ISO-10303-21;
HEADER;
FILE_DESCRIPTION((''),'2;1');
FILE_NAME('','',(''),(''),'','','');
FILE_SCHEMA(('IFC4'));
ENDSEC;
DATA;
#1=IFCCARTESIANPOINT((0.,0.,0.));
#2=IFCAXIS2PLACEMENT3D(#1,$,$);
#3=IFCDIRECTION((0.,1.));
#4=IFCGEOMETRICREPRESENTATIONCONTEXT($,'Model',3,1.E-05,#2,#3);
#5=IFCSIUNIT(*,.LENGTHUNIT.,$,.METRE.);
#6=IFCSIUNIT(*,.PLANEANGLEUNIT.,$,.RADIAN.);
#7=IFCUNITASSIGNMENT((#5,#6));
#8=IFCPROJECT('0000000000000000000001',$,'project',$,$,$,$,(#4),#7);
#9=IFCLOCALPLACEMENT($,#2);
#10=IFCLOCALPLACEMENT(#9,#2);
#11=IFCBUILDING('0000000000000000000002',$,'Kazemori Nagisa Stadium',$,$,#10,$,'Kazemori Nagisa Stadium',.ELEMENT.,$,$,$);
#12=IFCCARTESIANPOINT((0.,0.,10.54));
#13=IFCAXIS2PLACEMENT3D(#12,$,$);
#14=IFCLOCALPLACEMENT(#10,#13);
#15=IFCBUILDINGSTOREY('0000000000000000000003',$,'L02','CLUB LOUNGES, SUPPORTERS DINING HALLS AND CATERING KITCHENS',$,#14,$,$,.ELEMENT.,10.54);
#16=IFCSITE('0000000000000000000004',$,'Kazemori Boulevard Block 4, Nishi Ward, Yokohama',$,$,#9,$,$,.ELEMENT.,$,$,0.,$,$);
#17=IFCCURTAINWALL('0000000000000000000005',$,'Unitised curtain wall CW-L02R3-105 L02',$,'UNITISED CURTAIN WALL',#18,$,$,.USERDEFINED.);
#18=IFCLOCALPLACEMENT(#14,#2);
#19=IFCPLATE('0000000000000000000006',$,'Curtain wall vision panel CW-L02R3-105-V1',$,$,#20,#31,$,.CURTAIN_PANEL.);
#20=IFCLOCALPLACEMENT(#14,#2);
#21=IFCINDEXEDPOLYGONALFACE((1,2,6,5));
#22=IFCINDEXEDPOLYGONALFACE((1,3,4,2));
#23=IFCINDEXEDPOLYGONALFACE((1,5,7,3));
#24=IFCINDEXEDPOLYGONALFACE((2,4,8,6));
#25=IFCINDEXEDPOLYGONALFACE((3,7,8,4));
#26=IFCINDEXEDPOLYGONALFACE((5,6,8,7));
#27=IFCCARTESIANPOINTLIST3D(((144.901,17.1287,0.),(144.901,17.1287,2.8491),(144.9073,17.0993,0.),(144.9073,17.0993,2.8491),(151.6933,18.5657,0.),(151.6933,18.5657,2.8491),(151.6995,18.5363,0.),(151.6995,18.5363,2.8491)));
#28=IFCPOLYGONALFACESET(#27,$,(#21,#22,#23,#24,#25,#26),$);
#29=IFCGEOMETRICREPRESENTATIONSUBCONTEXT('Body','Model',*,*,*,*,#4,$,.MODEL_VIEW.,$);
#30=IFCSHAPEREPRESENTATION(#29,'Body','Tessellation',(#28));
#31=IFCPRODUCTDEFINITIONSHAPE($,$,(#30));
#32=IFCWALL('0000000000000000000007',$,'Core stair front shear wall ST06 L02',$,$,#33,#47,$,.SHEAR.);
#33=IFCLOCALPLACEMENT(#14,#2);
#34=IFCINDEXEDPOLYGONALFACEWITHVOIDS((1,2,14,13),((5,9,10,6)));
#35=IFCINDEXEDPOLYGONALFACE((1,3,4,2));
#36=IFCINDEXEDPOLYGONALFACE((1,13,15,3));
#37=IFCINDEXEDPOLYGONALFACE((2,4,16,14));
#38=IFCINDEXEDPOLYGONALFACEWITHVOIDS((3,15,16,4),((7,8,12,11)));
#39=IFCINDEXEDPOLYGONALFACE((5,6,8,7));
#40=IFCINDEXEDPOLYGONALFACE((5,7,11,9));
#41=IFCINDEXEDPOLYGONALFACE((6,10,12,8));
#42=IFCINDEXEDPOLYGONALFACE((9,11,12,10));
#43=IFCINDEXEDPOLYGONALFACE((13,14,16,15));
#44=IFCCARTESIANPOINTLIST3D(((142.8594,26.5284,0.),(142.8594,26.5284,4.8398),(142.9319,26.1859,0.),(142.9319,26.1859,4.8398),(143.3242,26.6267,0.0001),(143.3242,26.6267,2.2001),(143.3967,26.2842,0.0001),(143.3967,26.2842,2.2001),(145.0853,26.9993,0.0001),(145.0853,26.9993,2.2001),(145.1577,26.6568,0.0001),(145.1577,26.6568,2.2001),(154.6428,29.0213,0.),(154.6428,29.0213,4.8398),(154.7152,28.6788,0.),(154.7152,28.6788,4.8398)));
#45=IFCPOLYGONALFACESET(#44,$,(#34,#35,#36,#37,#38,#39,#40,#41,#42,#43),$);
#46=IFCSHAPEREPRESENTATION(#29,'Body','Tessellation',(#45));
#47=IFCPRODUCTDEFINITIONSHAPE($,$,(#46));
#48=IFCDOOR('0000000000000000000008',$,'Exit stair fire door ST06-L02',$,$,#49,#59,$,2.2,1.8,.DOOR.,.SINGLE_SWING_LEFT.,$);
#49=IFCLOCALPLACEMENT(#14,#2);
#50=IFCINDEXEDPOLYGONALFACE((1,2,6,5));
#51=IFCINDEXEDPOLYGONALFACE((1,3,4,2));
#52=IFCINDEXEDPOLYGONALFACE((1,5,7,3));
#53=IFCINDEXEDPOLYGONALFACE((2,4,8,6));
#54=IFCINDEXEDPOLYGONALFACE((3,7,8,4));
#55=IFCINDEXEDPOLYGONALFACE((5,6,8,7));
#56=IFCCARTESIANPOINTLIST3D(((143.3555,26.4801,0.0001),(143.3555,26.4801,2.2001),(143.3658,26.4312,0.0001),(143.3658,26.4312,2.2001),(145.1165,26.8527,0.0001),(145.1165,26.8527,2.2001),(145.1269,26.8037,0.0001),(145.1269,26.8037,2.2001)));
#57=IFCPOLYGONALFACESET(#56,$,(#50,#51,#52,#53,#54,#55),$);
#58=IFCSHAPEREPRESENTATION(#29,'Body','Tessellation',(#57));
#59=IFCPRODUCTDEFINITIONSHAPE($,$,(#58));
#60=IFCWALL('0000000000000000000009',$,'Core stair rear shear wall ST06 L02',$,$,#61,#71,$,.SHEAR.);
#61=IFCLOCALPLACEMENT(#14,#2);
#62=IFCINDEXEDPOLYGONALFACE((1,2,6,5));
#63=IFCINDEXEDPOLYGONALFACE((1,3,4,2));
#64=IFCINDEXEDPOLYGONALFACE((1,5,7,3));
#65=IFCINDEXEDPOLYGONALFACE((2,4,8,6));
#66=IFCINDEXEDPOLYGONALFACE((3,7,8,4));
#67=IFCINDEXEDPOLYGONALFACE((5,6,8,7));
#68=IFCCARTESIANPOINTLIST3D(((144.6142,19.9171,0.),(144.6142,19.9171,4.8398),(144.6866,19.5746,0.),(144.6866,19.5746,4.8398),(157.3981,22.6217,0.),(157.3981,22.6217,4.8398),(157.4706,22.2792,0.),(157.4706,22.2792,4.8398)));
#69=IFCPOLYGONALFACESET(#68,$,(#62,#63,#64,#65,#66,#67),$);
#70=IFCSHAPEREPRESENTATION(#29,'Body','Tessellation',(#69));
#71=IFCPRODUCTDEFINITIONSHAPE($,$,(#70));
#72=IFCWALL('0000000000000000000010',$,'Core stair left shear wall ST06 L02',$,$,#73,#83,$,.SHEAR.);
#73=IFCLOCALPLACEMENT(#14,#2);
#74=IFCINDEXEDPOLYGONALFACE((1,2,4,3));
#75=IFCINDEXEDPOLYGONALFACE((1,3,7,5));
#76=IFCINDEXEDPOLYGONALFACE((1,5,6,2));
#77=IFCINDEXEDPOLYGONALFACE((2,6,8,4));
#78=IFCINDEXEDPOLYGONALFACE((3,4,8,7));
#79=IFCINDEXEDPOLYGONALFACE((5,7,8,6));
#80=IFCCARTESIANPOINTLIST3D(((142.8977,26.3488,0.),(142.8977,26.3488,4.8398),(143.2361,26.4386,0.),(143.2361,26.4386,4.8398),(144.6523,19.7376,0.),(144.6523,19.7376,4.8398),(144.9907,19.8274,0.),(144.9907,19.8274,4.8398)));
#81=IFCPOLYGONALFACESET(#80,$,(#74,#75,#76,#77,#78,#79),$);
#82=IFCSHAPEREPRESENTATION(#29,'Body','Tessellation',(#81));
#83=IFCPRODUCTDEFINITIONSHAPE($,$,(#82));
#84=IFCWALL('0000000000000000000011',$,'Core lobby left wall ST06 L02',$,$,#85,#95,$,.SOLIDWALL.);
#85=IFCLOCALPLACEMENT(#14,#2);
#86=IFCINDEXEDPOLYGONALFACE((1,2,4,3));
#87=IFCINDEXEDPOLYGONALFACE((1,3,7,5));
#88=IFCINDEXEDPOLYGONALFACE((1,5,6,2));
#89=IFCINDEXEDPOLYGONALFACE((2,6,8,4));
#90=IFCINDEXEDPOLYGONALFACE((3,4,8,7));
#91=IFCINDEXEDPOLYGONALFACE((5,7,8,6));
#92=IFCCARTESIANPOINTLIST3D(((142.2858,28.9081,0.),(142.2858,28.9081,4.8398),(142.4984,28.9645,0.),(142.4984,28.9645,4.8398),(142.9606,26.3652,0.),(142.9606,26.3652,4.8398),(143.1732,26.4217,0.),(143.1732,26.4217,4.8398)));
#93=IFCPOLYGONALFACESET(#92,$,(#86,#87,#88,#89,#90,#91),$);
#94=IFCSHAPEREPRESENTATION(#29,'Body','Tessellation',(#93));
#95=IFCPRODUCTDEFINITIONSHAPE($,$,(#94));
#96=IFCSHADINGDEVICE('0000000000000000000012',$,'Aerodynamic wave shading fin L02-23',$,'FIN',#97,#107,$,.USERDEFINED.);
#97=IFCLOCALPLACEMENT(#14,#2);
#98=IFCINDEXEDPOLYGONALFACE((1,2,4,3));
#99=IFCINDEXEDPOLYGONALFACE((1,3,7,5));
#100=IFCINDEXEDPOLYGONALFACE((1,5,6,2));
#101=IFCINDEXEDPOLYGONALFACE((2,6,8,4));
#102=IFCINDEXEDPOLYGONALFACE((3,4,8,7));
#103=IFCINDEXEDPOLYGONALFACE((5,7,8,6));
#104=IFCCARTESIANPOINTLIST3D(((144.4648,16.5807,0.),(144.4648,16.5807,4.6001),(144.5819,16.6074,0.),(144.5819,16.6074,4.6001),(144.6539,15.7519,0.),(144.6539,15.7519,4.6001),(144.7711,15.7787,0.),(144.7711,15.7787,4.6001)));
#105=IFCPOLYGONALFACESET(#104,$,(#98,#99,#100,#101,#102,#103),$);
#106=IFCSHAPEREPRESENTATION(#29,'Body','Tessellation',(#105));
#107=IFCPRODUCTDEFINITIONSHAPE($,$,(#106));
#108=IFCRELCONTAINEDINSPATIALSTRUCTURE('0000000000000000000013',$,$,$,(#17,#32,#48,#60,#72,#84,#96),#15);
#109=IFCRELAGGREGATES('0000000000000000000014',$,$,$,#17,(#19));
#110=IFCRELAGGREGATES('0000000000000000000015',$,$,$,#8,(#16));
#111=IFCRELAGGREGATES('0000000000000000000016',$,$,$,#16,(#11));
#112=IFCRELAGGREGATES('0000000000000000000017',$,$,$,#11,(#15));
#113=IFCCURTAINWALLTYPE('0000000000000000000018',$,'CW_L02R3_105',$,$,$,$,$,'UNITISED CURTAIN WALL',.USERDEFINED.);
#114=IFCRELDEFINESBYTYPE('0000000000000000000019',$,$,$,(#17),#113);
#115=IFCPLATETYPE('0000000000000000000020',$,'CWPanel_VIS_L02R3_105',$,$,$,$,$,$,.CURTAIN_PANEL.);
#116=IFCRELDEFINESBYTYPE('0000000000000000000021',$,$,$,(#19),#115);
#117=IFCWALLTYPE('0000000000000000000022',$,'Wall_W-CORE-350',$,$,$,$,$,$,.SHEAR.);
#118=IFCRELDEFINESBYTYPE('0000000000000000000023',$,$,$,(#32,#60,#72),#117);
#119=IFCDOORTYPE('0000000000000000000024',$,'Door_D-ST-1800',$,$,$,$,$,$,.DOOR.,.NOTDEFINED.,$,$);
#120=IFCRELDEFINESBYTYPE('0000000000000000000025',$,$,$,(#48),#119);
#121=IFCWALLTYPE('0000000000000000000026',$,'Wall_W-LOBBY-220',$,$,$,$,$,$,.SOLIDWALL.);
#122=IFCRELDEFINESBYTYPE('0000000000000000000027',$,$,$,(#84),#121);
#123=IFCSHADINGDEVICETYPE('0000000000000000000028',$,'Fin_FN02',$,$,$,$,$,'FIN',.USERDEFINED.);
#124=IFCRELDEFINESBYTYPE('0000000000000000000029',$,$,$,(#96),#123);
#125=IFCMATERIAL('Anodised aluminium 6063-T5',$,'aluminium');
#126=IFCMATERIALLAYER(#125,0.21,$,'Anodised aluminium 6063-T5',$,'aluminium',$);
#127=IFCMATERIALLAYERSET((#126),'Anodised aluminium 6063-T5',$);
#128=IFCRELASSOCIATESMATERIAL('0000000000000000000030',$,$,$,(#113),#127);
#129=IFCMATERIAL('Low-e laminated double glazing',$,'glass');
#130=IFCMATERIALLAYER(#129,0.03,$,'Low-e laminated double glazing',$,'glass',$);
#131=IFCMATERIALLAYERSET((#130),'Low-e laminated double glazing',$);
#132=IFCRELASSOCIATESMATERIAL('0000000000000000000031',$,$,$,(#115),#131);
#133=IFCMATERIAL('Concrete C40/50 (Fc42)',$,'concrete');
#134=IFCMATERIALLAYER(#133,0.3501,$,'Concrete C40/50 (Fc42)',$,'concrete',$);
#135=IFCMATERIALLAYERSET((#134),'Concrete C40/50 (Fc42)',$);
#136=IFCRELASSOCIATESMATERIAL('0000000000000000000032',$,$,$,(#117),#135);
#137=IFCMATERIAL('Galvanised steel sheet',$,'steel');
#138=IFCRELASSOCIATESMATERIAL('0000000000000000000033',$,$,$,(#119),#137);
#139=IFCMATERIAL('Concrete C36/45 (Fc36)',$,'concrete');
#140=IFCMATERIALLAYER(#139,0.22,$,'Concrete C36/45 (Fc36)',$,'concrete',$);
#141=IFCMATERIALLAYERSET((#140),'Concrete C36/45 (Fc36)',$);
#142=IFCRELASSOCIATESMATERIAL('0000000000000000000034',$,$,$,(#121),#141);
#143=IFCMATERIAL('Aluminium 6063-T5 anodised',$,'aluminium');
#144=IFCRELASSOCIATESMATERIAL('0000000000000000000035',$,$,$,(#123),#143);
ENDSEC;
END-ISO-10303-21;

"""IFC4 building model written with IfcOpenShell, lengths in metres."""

from ifc_helpers import new_model, si_unit, direction, frame, frame_2d, origin, origin_2d, place, context, subcontext, project, spatial, rectangle, extrude, material, layer, layer_set, type_object, element, fill, aggregate, save


model = new_model("IFC4")

# Units and contexts
model_context = context("Model", 3, precision=1e-05, world=origin(), true_north=direction((0.0, 1.0)))
body_context = subcontext(model_context, "Body", "Model", "MODEL_VIEW")
ifc_project = project(units=[si_unit("LENGTHUNIT", "METRE"), si_unit("PLANEANGLEUNIT", "RADIAN")], contexts=[model_context])

# Site, building, storey
site_placement = place(None, origin())
site = spatial("IfcSite", under=ifc_project, at=site_placement, Name="Kazemori Boulevard Block 4, Nishi Ward, Yokohama", CompositionType="ELEMENT", RefElevation=0.0)
building_placement = place(site_placement, origin())
building = spatial("IfcBuilding", under=site, at=building_placement, Name="Kazemori Nagisa Stadium", LongName="Kazemori Nagisa Stadium", CompositionType="ELEMENT")
storey_placement = place(building_placement, frame((0.0, 0.0, 10.54)))
storey = spatial("IfcBuildingStorey", under=building, at=storey_placement, Name="L02", Description="CLUB LOUNGES, SUPPORTERS DINING HALLS AND CATERING KITCHENS", CompositionType="ELEMENT", Elevation=10.54)

# Shared definitions
ifc_material_1 = material(Name="Concrete C40/50 (Fc42)", Category="concrete")

# Shared definitions
ifc_material_2 = material(Name="Anodised aluminium 6063-T5", Category="aluminium")
ifc_material_3 = material(Name="Aluminium 6063-T5 anodised", Category="aluminium")

# Curtain wall, plate
ifc_layer_1 = layer(ifc_material_2, 0.21, Name="Anodised aluminium 6063-T5", Category="aluminium")
ifc_layer_set_1 = layer_set([ifc_layer_1], Name="Anodised aluminium 6063-T5")
curtain_wall_type_1 = type_object("IfcCurtainWallType", Name="CW_L02R3_105", ElementType="UNITISED CURTAIN WALL", PredefinedType="USERDEFINED", material=ifc_layer_set_1)
curtain_wall_1_placement = place(storey_placement, origin())
curtain_wall_1 = element("IfcCurtainWall", 1, at=curtain_wall_1_placement, inside=storey, type_object=curtain_wall_type_1, Name="Unitised curtain wall CW-L02R3-105 L02", ObjectType="UNITISED CURTAIN WALL", PredefinedType="USERDEFINED")
ifc_material_4 = material(Name="Low-e laminated double glazing", Category="glass")
ifc_layer_2 = layer(ifc_material_4, 0.03, Name="Low-e laminated double glazing", Category="glass")
ifc_layer_set_2 = layer_set([ifc_layer_2], Name="Low-e laminated double glazing")
plate_type_1 = type_object("IfcPlateType", Name="CWPanel_VIS_L02R3_105", PredefinedType="CURTAIN_PANEL", material=ifc_layer_set_2)
plate_1_placement = place(storey_placement, frame((148.3003, 17.8325, 0.0), z_axis=(0.0, 0.0, 1.0), x_axis=(0.978345, 0.206981, 0.0)))
plate_1 = element("IfcPlate", 2, at=plate_1_placement, type_object=plate_type_1, Name="Curtain wall vision panel CW-L02R3-105-V1", PredefinedType="CURTAIN_PANEL", context=body_context, shape_type="SweptSolid", body=[
    extrude(rectangle(XDim=6.9426, YDim=0.03, at=origin_2d()), origin(), (0.0, 0.0, 1.0), 2.8491),
])
aggregate(curtain_wall_1, [plate_1])

# Wall, opening, door
ifc_layer_3 = layer(ifc_material_1, 0.3501, Name="Concrete C40/50 (Fc42)", Category="concrete")
ifc_layer_set_3 = layer_set([ifc_layer_3], Name="Concrete C40/50 (Fc42)")
wall_type_1 = type_object("IfcWallType", Name="Wall_W-CORE-350", PredefinedType="SHEAR", material=ifc_layer_set_3)
wall_1_placement = place(storey_placement, frame((142.8958, 26.3572, 0.0), z_axis=(0.0, 0.0, 1.0), x_axis=(0.978345, 0.20698, 0.0)))
wall_1 = element("IfcWall", 3, at=wall_1_placement, inside=storey, type_object=wall_type_1, Name="Core stair front shear wall ST06 L02", PredefinedType="SHEAR", context=body_context, shape_type="SweptSolid", body=[
    extrude(rectangle(XDim=12.0442, YDim=0.3501, at=frame_2d((6.022, 0.0))), origin(), (0.0, 0.0, 1.0), 4.8398),
])
opening_placement = place(wall_1_placement, frame((0.4751, 0.0, 0.0)))
opening = element("IfcOpeningElement", 4, at=opening_placement, cuts=wall_1, PredefinedType="OPENING", context=body_context, shape_type="SweptSolid", body=[
    extrude(rectangle(XDim=1.8, YDim=2.2, at=frame_2d((0.8999, 1.1001))), frame((0.0, 0.1851, 0.0), z_axis=(0.0, -1.0, 0.0), x_axis=(1.0, 0.0, 0.0)), (0.0, 0.0, 1.0), 0.3701),
])
ifc_material_5 = material(Name="Galvanised steel sheet", Category="steel")
door_type = type_object("IfcDoorType", Name="Door_D-ST-1800", OperationType="NOTDEFINED", PredefinedType="DOOR", material=ifc_material_5)
door_placement = place(opening_placement, frame((1.8, 0.0, 0.0), z_axis=(0.0, 0.0, 1.0), x_axis=(-1.0, 0.0, 0.0)))
door = element("IfcDoor", 5, at=door_placement, inside=storey, type_object=door_type, Name="Exit stair fire door ST06-L02", OperationType="SINGLE_SWING_LEFT", OverallHeight=2.2, OverallWidth=1.8, PredefinedType="DOOR", context=body_context, shape_type="SweptSolid", body=[
    extrude(rectangle(XDim=1.8, YDim=2.2, at=frame_2d((0.8999, 1.1001))), frame((0.0, 0.0249, 0.0), z_axis=(0.0, -1.0, 0.0), x_axis=(1.0, 0.0, 0.0)), (0.0, 0.0, 1.0), 0.05),
])
fill(opening, door)

# Walls
wall_2_placement = place(storey_placement, frame((144.6504, 19.7458, 0.0), z_axis=(0.0, 0.0, 1.0), x_axis=(0.978345, 0.20698, 0.0)))
element("IfcWall", 6, at=wall_2_placement, inside=storey, type_object=wall_type_1, Name="Core stair rear shear wall ST06 L02", PredefinedType="SHEAR", context=body_context, shape_type="SweptSolid", body=[
    extrude(rectangle(XDim=13.0669, YDim=0.3501, at=frame_2d((6.5334, 0.0))), origin(), (0.0, 0.0, 1.0), 4.8398),
])
wall_3_placement = place(storey_placement, frame((143.0669, 26.3936, 0.0), z_axis=(0.0, 0.0, 1.0), x_axis=(0.256518, -0.966539, 0.0)))
element("IfcWall", 7, at=wall_3_placement, inside=storey, type_object=wall_type_1, Name="Core stair left shear wall ST06 L02", PredefinedType="SHEAR", context=body_context, shape_type="SweptSolid", body=[
    extrude(rectangle(XDim=6.8401, YDim=0.3501, at=frame_2d((3.4199, 0.0))), origin(), (0.0, 0.0, 1.0), 4.8398),
])
ifc_material_6 = material(Name="Concrete C36/45 (Fc36)", Category="concrete")
ifc_layer_4 = layer(ifc_material_6, 0.22, Name="Concrete C36/45 (Fc36)", Category="concrete")
ifc_layer_set_4 = layer_set([ifc_layer_4], Name="Concrete C36/45 (Fc36)")
wall_type_2 = type_object("IfcWallType", Name="Wall_W-LOBBY-220", PredefinedType="SOLIDWALL", material=ifc_layer_set_4)
wall_4_placement = place(storey_placement, frame((142.3921, 28.9363, 0.0), z_axis=(0.0, 0.0, 1.0), x_axis=(0.256507, -0.966542, 0.0)))
element("IfcWall", 8, at=wall_4_placement, inside=storey, type_object=wall_type_2, Name="Core lobby left wall ST06 L02", PredefinedType="SOLIDWALL", context=body_context, shape_type="SweptSolid", body=[
    extrude(rectangle(XDim=2.6309, YDim=0.22, at=frame_2d((1.3154, 0.0))), origin(), (0.0, 0.0, 1.0), 4.8398),
])

# Shading device
shading_device_type = type_object("IfcShadingDeviceType", Name="Fin_FN02", ElementType="FIN", PredefinedType="USERDEFINED", material=ifc_material_3)
shading_device_placement = place(storey_placement, frame((144.6179, 16.1797, 0.0), z_axis=(0.0, 0.0, 1.0), x_axis=(0.222521, -0.974928, 0.0)))
element("IfcShadingDevice", 9, at=shading_device_placement, inside=storey, type_object=shading_device_type, Name="Aerodynamic wave shading fin L02-23", ObjectType="FIN", PredefinedType="USERDEFINED", context=body_context, shape_type="SweptSolid", body=[
    extrude(rectangle(XDim=0.8501, YDim=0.1201, at=origin_2d()), origin(), (0.0, 0.0, 1.0), 4.6001),
])

save(model, "model.ifc")
